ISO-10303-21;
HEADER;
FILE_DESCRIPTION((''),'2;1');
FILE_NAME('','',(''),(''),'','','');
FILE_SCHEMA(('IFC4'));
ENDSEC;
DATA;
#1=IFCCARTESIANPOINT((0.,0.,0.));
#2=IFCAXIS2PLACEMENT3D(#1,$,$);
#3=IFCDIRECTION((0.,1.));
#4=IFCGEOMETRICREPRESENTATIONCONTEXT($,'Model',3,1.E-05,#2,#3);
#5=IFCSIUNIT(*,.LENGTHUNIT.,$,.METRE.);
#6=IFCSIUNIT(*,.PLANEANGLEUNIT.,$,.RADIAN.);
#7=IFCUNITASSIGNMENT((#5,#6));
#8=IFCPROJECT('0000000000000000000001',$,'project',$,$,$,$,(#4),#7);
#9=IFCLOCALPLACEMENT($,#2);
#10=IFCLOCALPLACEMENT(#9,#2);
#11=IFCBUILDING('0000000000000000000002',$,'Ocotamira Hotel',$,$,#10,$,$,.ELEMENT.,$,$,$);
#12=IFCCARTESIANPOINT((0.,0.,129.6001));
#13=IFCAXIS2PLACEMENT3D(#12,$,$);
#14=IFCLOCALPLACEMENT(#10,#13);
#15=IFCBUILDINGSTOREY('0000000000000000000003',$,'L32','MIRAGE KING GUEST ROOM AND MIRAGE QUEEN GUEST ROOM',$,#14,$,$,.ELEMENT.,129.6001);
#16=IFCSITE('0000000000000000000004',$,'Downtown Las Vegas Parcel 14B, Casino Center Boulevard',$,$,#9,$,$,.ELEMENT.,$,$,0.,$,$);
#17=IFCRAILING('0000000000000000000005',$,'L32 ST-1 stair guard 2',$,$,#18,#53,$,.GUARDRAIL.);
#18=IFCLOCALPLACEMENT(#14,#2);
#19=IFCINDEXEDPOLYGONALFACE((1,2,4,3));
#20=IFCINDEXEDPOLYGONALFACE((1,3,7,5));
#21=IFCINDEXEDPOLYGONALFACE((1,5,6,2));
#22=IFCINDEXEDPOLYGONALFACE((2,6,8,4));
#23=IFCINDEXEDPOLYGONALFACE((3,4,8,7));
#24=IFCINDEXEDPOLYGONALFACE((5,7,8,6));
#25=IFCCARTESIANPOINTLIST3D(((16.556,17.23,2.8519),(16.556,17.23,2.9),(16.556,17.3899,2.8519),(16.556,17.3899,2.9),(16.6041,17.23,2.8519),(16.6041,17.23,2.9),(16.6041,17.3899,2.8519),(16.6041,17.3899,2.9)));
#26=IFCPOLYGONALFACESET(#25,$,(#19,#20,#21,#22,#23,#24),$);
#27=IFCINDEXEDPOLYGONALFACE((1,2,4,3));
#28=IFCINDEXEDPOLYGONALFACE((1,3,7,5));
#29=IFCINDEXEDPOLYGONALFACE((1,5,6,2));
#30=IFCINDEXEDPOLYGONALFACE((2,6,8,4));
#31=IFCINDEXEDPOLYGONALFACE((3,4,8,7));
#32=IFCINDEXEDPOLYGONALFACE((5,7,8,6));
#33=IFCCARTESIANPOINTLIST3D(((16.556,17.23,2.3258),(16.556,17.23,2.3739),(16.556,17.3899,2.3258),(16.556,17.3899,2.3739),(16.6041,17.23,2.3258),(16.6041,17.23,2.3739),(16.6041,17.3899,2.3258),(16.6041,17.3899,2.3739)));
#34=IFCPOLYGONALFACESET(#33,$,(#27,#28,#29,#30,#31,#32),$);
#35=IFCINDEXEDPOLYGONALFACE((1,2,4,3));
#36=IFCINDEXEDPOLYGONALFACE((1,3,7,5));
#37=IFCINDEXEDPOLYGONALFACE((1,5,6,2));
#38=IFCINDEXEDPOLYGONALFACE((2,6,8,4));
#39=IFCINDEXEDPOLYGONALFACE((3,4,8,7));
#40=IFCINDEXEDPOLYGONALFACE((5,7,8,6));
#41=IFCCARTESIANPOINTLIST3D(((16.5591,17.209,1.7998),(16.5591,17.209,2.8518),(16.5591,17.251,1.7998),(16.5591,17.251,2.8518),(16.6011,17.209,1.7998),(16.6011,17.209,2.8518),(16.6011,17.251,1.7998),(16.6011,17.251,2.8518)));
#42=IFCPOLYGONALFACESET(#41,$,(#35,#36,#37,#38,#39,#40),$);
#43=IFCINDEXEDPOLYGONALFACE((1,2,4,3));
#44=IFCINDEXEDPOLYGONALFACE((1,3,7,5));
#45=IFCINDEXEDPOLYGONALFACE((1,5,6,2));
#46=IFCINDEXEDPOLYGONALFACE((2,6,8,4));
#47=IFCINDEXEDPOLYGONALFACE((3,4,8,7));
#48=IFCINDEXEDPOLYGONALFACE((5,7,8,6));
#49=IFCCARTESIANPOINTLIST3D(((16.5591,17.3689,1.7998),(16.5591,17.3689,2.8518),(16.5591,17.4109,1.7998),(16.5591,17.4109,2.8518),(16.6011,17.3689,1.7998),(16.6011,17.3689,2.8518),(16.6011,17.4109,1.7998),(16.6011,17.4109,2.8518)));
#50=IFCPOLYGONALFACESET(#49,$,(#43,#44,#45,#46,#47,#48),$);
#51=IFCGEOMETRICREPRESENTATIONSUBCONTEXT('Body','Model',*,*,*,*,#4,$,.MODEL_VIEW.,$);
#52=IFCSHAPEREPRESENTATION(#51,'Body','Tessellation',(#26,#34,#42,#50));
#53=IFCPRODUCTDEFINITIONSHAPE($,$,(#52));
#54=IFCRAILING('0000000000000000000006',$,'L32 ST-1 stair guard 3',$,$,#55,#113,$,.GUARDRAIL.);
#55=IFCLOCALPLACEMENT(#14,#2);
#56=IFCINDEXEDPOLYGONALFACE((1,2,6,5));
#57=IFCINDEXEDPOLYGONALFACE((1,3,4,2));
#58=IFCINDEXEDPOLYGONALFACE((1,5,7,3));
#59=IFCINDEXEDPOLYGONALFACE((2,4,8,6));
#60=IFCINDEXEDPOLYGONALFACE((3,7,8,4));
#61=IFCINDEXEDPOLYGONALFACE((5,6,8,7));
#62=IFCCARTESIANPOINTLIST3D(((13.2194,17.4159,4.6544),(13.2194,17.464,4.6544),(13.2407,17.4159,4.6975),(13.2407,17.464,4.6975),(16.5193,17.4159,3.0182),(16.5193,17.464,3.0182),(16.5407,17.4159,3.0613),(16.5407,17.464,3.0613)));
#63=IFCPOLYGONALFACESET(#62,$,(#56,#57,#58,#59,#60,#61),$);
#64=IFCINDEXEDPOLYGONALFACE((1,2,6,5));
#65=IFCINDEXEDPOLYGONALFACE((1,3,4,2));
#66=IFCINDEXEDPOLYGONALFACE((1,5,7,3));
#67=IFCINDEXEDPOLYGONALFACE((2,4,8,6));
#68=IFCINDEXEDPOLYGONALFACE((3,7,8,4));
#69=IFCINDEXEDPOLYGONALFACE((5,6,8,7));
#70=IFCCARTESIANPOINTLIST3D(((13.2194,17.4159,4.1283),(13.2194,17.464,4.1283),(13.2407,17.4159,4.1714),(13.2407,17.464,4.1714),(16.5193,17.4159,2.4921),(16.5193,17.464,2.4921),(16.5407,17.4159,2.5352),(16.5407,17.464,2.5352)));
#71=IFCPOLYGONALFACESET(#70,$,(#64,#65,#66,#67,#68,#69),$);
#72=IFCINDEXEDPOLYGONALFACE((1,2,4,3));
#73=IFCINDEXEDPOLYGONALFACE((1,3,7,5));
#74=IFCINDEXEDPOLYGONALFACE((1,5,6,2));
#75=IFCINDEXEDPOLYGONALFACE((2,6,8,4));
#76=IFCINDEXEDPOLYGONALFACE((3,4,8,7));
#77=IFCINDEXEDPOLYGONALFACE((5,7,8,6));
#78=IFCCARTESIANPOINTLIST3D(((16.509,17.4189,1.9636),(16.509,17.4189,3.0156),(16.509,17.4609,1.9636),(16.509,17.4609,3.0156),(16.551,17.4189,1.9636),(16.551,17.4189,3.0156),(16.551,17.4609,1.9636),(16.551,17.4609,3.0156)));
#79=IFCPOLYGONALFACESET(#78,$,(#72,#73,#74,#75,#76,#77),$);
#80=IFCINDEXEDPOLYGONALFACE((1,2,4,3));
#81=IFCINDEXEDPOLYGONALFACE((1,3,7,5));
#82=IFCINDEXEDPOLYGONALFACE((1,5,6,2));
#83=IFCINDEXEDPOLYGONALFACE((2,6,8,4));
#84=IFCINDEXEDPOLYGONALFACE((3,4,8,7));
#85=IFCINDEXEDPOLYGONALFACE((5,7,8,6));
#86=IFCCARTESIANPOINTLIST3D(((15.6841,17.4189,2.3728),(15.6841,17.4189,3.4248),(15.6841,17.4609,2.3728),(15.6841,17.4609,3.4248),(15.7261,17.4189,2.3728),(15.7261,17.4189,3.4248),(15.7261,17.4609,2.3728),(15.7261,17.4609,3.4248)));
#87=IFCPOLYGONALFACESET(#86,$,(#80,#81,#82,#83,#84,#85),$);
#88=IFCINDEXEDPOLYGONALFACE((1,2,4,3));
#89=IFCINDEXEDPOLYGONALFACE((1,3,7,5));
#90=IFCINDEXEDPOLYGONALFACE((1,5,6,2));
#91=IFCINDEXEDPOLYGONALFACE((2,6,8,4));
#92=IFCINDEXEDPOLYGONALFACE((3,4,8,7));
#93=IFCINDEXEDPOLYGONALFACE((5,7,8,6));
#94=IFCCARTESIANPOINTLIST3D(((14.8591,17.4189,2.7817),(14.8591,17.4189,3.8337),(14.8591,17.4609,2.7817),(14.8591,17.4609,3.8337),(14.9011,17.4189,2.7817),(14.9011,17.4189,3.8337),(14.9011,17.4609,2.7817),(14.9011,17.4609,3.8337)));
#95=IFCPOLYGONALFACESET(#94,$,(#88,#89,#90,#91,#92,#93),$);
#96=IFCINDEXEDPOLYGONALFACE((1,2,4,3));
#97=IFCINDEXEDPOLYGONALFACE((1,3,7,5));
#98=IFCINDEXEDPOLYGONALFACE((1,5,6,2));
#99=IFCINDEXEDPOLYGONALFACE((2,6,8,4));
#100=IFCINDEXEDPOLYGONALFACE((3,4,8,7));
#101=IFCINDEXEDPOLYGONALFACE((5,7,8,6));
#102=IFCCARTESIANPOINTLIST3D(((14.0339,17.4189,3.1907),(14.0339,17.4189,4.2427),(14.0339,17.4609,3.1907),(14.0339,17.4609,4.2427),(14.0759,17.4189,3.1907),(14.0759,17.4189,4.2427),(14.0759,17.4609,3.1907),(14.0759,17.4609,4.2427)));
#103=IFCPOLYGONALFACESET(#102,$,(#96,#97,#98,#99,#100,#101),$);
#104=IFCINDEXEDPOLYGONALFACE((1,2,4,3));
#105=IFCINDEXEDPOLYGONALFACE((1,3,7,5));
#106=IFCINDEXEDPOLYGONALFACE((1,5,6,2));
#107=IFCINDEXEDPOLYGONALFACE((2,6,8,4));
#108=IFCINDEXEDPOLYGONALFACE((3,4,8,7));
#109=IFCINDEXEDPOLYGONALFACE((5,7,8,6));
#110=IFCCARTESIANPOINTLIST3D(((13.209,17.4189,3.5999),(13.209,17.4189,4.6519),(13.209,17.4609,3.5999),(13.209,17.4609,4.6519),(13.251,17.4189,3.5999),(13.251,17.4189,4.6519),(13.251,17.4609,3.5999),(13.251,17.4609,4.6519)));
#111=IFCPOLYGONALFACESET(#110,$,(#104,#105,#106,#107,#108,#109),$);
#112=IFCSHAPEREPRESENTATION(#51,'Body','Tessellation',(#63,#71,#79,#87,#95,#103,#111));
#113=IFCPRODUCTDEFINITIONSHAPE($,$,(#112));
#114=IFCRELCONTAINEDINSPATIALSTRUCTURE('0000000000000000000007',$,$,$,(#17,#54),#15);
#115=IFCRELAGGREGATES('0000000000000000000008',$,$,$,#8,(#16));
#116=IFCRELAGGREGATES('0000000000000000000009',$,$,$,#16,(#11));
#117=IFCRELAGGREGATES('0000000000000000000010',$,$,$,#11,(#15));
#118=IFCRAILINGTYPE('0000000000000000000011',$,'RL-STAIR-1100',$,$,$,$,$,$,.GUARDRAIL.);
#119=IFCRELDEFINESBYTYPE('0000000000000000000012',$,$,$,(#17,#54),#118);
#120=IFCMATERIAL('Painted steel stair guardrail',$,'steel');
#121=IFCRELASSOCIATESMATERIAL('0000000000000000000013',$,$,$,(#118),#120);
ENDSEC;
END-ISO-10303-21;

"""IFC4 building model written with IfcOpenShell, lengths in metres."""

from ifc_helpers import new_model, si_unit, direction, frame, origin, origin_2d, place, context, subcontext, project, spatial, rectangle, extrude, material, type_object, element, save


model = new_model("IFC4")

# Units and contexts
model_context = context("Model", 3, precision=1e-05, world=origin(), true_north=direction((0.0, 1.0)))
body_context = subcontext(model_context, "Body", "Model", "MODEL_VIEW")
ifc_project = project(units=[si_unit("LENGTHUNIT", "METRE"), si_unit("PLANEANGLEUNIT", "RADIAN")], contexts=[model_context])

# Site, building, storey
site_placement = place(None, origin())
site = spatial("IfcSite", under=ifc_project, at=site_placement, Name="Downtown Las Vegas Parcel 14B, Casino Center Boulevard", CompositionType="ELEMENT", RefElevation=0.0)
building_placement = place(site_placement, origin())
building = spatial("IfcBuilding", under=site, at=building_placement, Name="Ocotamira Hotel", CompositionType="ELEMENT")
storey_placement = place(building_placement, frame((0.0, 0.0, 129.6001)))
storey = spatial("IfcBuildingStorey", under=building, at=storey_placement, Name="L32", Description="MIRAGE KING GUEST ROOM AND MIRAGE QUEEN GUEST ROOM", CompositionType="ELEMENT", Elevation=129.6001)

# Railings
ifc_material_1 = material(Name="Painted steel stair guardrail", Category="steel")
railing_type_1 = type_object("IfcRailingType", Name="RL-STAIR-1100", PredefinedType="GUARDRAIL", material=ifc_material_1)
railing_1_placement = place(storey_placement, frame((16.5801, 17.23, 1.7998)))
element("IfcRailing", 1, at=railing_1_placement, inside=storey, type_object=railing_type_1, Name="L32 ST-1 stair guard 2", PredefinedType="GUARDRAIL", context=body_context, shape_type="SweptSolid", body=[
    extrude(rectangle(XDim=0.0481, YDim=0.0481, at=origin_2d()), frame((0.0, 0.0, 1.0762), z_axis=(0.0, 1.0, 0.0), x_axis=(-1.0, 0.0, 0.0)), (0.0, 0.0, 1.0), 0.1599),
    extrude(rectangle(XDim=0.0481, YDim=0.0481, at=origin_2d()), frame((0.0, 0.0, 0.55), z_axis=(0.0, 1.0, 0.0), x_axis=(-1.0, 0.0, 0.0)), (0.0, 0.0, 1.0), 0.1599),
    extrude(rectangle(XDim=0.042, YDim=0.042, at=origin_2d()), origin(), (0.0, 0.0, 1.0), 1.052),
    extrude(rectangle(XDim=0.042, YDim=0.042, at=origin_2d()), frame((0.0, 0.1599, 0.0)), (0.0, 0.0, 1.0), 1.052),
])
railing_2_placement = place(storey_placement, frame((16.53, 17.4399, 1.9636)))
element("IfcRailing", 2, at=railing_2_placement, inside=storey, type_object=railing_type_1, Name="L32 ST-1 stair guard 3", PredefinedType="GUARDRAIL", context=body_context, shape_type="SweptSolid", body=[
    extrude(rectangle(XDim=0.0481, YDim=0.0481, at=origin_2d()), frame((0.0, 0.0, 1.0762), z_axis=(-0.89592, 0.0, 0.444215), x_axis=(0.0, -1.0, 0.0)), (0.0, 0.0, 1.0), 3.6833),
    extrude(rectangle(XDim=0.0481, YDim=0.0481, at=origin_2d()), frame((0.0, 0.0, 0.55), z_axis=(-0.89592, 0.0, 0.444215), x_axis=(0.0, -1.0, 0.0)), (0.0, 0.0, 1.0), 3.6833),
    extrude(rectangle(XDim=0.042, YDim=0.042, at=origin_2d()), origin(), (0.0, 0.0, 1.0), 1.052),
    extrude(rectangle(XDim=0.042, YDim=0.042, at=origin_2d()), frame((-0.825, 0.0, 0.4092)), (0.0, 0.0, 1.0), 1.052),
    extrude(rectangle(XDim=0.042, YDim=0.042, at=origin_2d()), frame((-1.6499, 0.0, 0.8181)), (0.0, 0.0, 1.0), 1.052),
    extrude(rectangle(XDim=0.042, YDim=0.042, at=origin_2d()), frame((-2.4751, 0.0, 1.2271)), (0.0, 0.0, 1.0), 1.052),
    extrude(rectangle(XDim=0.042, YDim=0.042, at=origin_2d()), frame((-3.3, 0.0, 1.6362)), (0.0, 0.0, 1.0), 1.052),
])

save(model, "model.ifc")
